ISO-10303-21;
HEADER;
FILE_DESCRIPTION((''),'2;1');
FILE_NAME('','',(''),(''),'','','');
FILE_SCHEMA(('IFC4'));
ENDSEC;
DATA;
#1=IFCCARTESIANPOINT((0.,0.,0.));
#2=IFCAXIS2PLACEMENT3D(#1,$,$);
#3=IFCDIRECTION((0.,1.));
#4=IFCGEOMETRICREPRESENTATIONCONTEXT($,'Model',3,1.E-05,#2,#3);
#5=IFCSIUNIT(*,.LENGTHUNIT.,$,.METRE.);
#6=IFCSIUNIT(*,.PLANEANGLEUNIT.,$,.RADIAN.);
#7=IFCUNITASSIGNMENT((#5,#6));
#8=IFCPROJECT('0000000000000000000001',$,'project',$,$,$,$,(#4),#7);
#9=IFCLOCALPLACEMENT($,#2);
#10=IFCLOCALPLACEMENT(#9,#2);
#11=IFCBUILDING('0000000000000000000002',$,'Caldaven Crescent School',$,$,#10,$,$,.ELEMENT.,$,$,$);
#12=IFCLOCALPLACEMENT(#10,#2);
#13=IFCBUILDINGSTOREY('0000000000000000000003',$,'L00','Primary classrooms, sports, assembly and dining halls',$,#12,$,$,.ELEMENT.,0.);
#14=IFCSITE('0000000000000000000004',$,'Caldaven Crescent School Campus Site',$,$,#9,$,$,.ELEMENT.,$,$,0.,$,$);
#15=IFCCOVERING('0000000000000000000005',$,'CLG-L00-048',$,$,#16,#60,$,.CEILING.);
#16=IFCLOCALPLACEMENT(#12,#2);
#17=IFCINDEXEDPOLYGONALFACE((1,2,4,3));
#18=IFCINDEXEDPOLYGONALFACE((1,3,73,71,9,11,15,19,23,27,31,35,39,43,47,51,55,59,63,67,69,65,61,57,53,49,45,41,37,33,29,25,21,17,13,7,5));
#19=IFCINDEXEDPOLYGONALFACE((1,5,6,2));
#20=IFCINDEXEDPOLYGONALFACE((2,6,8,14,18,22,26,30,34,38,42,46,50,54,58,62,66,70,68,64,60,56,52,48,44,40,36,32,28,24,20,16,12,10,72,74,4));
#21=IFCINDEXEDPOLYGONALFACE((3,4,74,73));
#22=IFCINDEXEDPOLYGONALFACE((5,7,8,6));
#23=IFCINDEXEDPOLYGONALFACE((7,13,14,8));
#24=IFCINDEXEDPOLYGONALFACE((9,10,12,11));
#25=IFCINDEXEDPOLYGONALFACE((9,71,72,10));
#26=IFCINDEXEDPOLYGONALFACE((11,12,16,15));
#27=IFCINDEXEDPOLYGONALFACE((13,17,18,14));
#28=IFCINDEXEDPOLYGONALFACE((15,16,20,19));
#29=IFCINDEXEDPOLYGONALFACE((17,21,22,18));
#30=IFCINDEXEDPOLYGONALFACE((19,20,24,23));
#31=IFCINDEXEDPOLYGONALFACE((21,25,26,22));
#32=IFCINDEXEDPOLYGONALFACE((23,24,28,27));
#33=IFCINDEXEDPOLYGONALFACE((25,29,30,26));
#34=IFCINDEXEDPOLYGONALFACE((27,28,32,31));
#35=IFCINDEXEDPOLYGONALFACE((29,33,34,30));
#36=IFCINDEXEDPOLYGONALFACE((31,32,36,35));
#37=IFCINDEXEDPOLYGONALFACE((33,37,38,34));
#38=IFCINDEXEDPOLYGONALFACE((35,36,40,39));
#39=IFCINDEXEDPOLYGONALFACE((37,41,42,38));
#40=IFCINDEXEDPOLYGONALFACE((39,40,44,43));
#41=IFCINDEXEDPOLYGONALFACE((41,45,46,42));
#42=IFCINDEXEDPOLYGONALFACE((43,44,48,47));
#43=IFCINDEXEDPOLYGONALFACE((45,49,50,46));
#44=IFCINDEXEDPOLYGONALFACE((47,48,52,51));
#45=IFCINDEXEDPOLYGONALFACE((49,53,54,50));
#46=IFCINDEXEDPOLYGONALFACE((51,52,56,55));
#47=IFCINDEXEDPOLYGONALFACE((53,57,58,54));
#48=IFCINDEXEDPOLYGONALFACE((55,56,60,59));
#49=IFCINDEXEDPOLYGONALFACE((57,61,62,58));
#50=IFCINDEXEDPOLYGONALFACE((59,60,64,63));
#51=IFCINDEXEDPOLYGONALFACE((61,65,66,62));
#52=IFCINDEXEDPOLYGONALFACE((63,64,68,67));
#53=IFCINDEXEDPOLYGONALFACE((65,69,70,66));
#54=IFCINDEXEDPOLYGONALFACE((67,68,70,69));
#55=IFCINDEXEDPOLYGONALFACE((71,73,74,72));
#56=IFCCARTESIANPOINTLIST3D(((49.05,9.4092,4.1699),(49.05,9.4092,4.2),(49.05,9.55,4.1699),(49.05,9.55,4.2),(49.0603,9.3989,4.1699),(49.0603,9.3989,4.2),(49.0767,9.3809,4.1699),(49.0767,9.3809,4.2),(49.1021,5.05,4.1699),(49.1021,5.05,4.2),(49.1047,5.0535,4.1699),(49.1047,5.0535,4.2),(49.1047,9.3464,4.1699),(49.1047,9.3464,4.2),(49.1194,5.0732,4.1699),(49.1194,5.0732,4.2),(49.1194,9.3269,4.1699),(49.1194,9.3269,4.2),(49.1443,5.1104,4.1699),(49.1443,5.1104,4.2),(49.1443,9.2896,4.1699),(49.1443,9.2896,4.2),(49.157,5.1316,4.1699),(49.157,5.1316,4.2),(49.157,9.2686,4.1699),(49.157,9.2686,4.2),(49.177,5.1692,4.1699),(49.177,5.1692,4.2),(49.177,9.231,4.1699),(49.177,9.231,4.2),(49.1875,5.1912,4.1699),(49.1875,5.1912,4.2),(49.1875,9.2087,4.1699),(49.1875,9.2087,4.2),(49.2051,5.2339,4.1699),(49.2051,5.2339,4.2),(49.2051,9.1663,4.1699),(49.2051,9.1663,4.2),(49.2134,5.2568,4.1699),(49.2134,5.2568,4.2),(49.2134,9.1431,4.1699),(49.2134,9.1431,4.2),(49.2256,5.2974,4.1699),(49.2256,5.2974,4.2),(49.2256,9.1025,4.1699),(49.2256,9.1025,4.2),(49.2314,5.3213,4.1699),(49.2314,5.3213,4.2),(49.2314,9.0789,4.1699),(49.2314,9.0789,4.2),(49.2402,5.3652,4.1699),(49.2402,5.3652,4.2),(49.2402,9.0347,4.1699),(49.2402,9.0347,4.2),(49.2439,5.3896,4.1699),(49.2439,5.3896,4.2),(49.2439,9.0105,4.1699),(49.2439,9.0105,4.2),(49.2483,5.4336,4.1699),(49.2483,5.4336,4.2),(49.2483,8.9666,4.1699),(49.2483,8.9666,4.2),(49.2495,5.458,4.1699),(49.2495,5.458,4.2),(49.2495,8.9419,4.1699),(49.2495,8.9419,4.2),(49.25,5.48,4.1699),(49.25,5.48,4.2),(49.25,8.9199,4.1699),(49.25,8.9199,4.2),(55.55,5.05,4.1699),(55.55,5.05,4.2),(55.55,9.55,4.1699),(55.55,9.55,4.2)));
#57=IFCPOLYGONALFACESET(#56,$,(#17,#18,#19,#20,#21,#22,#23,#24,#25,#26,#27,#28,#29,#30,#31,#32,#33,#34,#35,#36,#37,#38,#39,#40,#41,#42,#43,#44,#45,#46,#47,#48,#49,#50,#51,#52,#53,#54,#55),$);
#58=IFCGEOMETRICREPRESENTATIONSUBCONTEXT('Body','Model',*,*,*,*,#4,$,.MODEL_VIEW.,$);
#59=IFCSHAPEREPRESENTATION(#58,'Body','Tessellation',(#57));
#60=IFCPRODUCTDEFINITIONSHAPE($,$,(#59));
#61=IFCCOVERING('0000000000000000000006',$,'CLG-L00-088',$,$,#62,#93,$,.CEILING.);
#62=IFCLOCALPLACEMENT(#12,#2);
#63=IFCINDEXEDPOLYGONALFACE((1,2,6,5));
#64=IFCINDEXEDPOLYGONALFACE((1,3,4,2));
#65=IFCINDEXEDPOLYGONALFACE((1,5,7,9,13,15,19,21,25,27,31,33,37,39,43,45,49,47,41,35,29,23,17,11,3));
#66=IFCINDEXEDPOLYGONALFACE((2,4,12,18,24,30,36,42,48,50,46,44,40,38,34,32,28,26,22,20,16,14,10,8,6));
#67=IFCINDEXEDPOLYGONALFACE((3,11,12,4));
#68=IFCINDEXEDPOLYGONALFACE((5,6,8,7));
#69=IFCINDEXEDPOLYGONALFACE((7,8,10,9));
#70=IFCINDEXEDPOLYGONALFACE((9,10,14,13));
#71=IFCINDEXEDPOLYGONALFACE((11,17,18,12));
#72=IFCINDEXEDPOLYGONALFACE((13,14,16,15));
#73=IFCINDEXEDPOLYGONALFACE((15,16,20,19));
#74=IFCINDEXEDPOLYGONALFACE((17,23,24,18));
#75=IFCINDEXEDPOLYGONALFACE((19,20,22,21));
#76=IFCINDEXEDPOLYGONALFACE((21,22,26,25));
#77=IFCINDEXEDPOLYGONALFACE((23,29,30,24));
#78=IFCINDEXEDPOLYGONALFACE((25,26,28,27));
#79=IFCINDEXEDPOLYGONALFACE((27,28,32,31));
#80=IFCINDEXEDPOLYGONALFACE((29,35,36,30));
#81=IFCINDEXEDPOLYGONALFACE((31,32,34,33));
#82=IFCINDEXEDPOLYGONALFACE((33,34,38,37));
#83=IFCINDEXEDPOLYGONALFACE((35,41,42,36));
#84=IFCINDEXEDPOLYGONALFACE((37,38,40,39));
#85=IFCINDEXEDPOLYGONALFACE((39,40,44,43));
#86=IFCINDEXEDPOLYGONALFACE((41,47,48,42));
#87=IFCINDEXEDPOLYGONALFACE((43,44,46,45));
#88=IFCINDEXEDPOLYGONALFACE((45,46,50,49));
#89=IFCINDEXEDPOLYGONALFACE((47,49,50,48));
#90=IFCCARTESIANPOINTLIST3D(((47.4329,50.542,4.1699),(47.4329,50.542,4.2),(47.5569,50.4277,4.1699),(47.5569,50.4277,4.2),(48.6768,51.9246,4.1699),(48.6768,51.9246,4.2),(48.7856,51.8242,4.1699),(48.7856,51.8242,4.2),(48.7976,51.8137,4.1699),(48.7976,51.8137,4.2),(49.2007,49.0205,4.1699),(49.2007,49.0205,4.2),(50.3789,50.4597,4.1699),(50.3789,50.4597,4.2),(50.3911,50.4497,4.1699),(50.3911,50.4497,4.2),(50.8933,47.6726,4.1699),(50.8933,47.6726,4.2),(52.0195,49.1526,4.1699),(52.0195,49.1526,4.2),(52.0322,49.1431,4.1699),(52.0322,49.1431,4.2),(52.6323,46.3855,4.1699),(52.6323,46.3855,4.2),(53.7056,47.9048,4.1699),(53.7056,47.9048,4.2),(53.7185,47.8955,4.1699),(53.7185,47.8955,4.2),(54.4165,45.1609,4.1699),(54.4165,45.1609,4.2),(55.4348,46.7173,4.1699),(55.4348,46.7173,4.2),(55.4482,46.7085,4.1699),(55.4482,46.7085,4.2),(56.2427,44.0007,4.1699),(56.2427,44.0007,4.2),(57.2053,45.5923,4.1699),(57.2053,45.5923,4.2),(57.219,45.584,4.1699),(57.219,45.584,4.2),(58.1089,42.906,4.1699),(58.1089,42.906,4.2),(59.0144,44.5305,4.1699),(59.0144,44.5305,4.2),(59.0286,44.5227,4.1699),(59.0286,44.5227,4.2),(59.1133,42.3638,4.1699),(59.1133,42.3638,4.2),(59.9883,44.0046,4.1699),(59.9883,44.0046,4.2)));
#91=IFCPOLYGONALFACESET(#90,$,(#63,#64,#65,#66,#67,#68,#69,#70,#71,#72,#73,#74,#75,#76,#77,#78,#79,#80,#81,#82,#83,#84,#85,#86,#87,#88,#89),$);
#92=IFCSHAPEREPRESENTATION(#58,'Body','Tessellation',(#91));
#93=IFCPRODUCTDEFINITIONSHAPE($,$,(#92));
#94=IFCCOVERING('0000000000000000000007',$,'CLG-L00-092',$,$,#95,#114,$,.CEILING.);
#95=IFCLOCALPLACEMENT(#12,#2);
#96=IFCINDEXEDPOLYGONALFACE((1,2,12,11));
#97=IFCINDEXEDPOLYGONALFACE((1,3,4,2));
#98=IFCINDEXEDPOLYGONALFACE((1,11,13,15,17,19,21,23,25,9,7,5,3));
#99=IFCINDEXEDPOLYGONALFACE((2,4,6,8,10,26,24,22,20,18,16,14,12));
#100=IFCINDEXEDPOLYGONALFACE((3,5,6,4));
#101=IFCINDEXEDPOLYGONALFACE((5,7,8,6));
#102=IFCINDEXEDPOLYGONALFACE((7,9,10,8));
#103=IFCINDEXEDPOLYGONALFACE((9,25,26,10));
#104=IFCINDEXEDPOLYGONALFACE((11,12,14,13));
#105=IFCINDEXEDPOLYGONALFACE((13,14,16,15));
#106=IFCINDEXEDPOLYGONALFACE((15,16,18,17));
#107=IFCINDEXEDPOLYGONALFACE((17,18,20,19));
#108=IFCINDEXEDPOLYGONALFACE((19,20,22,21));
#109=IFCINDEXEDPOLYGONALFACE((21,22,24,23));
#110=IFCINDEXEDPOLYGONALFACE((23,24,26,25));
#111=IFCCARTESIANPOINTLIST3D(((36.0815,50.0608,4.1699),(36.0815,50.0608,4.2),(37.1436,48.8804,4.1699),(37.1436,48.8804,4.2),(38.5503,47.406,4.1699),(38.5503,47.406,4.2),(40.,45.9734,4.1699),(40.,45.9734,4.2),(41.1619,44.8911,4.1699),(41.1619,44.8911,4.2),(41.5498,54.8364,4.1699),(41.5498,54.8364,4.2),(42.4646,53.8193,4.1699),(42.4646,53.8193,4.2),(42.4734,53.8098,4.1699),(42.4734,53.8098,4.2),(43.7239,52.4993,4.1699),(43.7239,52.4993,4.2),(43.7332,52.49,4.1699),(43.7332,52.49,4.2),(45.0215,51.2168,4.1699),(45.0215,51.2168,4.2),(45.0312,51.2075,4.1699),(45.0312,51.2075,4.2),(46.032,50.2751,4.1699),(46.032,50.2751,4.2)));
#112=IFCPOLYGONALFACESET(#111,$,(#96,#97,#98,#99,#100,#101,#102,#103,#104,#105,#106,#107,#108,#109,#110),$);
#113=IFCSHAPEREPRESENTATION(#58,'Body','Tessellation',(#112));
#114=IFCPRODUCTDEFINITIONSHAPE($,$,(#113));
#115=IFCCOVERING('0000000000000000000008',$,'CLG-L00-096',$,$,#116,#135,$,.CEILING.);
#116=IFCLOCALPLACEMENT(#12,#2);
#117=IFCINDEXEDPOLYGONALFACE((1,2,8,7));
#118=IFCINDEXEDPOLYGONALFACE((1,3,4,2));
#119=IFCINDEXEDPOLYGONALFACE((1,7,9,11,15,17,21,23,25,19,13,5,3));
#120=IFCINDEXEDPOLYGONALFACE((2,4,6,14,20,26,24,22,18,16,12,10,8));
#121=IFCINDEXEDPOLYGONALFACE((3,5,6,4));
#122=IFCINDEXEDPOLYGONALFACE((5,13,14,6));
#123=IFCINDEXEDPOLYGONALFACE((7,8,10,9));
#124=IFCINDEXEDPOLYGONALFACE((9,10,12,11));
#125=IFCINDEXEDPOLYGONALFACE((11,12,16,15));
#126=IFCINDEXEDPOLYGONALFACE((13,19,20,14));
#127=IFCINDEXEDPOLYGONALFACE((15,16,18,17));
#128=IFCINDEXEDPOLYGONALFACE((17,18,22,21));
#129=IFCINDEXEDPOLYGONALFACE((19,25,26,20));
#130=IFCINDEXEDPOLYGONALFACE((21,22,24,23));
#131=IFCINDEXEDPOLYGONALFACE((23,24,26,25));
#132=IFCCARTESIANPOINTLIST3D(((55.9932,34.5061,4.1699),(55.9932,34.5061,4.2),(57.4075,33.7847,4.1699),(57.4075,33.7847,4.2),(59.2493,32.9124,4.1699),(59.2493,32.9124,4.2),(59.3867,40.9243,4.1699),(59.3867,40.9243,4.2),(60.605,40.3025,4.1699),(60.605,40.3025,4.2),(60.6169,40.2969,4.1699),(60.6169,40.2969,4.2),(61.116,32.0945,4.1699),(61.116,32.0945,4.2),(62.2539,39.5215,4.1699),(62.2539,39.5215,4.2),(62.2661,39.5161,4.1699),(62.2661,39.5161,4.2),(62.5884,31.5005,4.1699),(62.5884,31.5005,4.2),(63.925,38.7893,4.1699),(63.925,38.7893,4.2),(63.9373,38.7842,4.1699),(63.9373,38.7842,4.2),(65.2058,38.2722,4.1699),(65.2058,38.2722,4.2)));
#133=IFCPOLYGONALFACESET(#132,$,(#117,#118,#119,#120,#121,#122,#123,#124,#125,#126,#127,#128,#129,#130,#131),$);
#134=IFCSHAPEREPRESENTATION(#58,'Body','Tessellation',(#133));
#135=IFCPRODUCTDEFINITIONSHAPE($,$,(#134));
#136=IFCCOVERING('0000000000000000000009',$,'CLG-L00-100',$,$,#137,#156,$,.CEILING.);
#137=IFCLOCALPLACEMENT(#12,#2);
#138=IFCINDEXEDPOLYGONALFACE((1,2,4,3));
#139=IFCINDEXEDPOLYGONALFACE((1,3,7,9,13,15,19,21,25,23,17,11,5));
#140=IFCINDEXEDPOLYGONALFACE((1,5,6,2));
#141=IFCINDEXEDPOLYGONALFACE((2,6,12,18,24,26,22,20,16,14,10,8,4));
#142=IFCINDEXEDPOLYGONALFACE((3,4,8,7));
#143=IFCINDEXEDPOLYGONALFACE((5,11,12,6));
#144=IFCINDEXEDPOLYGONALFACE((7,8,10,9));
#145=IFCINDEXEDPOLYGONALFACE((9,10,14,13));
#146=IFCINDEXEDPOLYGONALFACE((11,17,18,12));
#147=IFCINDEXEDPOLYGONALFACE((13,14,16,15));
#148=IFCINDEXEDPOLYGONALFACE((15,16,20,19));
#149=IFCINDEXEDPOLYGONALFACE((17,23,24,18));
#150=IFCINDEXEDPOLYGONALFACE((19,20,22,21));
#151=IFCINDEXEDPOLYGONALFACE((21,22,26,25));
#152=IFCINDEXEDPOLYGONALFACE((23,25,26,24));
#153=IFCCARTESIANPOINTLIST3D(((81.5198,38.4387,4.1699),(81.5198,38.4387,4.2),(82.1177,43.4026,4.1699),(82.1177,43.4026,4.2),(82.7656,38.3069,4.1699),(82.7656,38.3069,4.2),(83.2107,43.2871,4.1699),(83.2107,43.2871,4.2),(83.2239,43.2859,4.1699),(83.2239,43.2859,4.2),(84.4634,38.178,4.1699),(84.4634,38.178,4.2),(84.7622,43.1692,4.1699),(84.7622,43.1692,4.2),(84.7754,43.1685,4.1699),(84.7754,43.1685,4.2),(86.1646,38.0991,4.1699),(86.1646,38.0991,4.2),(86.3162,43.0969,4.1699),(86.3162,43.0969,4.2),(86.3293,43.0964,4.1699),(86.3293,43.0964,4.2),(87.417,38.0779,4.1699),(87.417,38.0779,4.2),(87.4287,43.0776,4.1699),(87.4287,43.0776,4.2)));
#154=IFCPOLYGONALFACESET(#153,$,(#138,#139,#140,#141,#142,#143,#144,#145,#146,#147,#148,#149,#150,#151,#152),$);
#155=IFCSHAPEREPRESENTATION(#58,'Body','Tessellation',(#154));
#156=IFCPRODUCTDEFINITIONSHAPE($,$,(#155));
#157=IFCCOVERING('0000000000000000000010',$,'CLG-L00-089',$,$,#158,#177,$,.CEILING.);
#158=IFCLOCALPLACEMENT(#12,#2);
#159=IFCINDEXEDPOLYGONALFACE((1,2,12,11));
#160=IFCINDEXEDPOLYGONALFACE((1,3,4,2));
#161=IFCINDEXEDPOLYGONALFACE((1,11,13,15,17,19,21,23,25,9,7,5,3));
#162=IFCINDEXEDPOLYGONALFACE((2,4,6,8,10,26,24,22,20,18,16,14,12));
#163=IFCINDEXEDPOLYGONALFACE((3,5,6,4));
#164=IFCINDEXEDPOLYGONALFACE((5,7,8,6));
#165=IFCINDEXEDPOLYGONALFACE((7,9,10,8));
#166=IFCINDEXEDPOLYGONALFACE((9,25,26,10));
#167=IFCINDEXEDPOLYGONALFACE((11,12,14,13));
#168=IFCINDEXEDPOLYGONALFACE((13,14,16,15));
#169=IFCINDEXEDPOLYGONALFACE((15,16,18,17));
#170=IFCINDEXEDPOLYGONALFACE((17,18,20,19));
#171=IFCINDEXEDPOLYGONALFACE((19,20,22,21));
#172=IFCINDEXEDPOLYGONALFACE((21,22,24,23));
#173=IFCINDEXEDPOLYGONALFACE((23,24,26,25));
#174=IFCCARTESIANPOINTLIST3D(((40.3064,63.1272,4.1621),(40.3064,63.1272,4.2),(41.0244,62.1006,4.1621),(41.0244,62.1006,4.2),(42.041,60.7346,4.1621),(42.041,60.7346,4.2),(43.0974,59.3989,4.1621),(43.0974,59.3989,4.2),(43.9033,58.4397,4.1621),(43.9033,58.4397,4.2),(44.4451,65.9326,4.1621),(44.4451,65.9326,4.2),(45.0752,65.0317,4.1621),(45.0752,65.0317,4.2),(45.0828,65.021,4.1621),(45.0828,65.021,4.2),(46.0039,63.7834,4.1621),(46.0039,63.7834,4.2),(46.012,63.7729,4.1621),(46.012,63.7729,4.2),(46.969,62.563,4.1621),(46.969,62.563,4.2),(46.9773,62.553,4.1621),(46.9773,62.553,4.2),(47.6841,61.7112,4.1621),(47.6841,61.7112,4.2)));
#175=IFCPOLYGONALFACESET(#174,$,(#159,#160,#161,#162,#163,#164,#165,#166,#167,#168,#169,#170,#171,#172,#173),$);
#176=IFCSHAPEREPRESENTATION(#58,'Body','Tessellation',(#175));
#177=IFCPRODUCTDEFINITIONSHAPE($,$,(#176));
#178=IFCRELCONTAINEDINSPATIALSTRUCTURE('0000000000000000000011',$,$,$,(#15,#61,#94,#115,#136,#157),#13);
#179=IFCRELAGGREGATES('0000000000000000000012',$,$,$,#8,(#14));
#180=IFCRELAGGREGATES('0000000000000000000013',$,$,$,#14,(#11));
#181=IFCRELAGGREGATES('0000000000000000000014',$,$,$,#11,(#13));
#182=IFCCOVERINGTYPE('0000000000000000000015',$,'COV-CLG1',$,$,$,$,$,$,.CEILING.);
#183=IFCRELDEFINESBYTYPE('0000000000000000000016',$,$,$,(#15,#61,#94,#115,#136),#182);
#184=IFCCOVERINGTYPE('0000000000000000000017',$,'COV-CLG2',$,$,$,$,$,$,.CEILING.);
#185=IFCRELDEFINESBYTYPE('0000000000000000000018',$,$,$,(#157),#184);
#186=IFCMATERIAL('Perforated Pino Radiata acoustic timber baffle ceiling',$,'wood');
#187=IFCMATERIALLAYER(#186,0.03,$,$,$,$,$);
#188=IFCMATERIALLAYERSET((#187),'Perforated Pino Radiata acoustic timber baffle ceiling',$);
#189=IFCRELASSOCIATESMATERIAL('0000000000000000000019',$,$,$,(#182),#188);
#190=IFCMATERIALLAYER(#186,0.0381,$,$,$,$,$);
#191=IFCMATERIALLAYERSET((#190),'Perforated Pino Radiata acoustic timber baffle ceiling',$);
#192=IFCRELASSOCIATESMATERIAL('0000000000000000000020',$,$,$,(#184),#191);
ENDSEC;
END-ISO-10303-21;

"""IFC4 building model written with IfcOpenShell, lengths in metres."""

from ifc_helpers import new_model, si_unit, direction, frame, origin, place, context, subcontext, project, spatial, polyline, outline, extrude, material, layer, layer_set, type_object, element, save


model = new_model("IFC4")

# Units and contexts
model_context = context("Model", 3, precision=1e-05, world=origin(), true_north=direction((0.0, 1.0)))
body_context = subcontext(model_context, "Body", "Model", "MODEL_VIEW")
ifc_project = project(units=[si_unit("LENGTHUNIT", "METRE"), si_unit("PLANEANGLEUNIT", "RADIAN")], contexts=[model_context])

# Site, building, storey
site_placement = place(None, origin())
site = spatial("IfcSite", under=ifc_project, at=site_placement, Name="Caldaven Crescent School Campus Site", CompositionType="ELEMENT", RefElevation=0.0)
building_placement = place(site_placement, origin())
building = spatial("IfcBuilding", under=site, at=building_placement, Name="Caldaven Crescent School", CompositionType="ELEMENT")
storey_placement = place(building_placement, origin())
storey = spatial("IfcBuildingStorey", under=building, at=storey_placement, Name="L00", Description="Primary classrooms, sports, assembly and dining halls", CompositionType="ELEMENT", Elevation=0.0)

# Coverings
ifc_material_1 = material(Name="Perforated Pino Radiata acoustic timber baffle ceiling", Category="wood")
ifc_layer_1 = layer(ifc_material_1, 0.03)
ifc_layer_set_1 = layer_set([ifc_layer_1], Name="Perforated Pino Radiata acoustic timber baffle ceiling")
covering_type_1 = type_object("IfcCoveringType", Name="COV-CLG1", PredefinedType="CEILING", material=ifc_layer_set_1)
covering_1_placement = place(storey_placement, frame((0.0, 0.0, 4.1699)))
element("IfcCovering", 1, at=covering_1_placement, inside=storey, type_object=covering_type_1, Name="CLG-L00-048", PredefinedType="CEILING", context=body_context, shape_type="SweptSolid", body=[
    extrude(outline(polyline([(49.05, 9.55), (55.55, 9.55), (55.55, 5.05), (49.1021, 5.05), (49.1047, 5.0535), (49.1194, 5.0732), (49.1443, 5.1104), (49.157, 5.1316), (49.177, 5.1692), (49.1875, 5.1912), (49.2051, 5.2339), (49.2134, 5.2568), (49.2256, 5.2974), (49.2314, 5.3213), (49.2402, 5.3652), (49.2439, 5.3896), (49.2483, 5.4336), (49.2495, 5.458), (49.25, 5.48), (49.25, 8.9199), (49.2495, 8.9419), (49.2483, 8.9666), (49.2439, 9.0105), (49.2402, 9.0347), (49.2314, 9.0789), (49.2256, 9.1025), (49.2134, 9.1431), (49.2051, 9.1663), (49.1875, 9.2087), (49.177, 9.231), (49.157, 9.2686), (49.1443, 9.2896), (49.1194, 9.3269), (49.1047, 9.3464), (49.0767, 9.3809), (49.0603, 9.3989), (49.05, 9.4092), (49.05, 9.55)])), origin(), (0.0, 0.0, 1.0), 0.03),
])
covering_2_placement = place(storey_placement, frame((0.0, 0.0, 4.1699)))
element("IfcCovering", 2, at=covering_2_placement, inside=storey, type_object=covering_type_1, Name="CLG-L00-088", PredefinedType="CEILING", context=body_context, shape_type="SweptSolid", body=[
    extrude(outline(polyline([(48.7856, 51.8242), (48.7976, 51.8137), (50.3789, 50.4597), (50.3911, 50.4497), (52.0195, 49.1526), (52.0322, 49.1431), (53.7056, 47.9048), (53.7185, 47.8955), (55.4348, 46.7173), (55.4482, 46.7085), (57.2053, 45.5923), (57.219, 45.584), (59.0144, 44.5305), (59.0286, 44.5227), (59.9883, 44.0046), (59.1133, 42.3638), (58.1089, 42.906), (56.2427, 44.0007), (54.4165, 45.1609), (52.6323, 46.3855), (50.8933, 47.6726), (49.2007, 49.0205), (47.5569, 50.4277), (47.4329, 50.542), (48.6768, 51.9246), (48.7856, 51.8242)])), origin(), (0.0, 0.0, 1.0), 0.03),
])
covering_3_placement = place(storey_placement, frame((0.0, 0.0, 4.1699)))
element("IfcCovering", 3, at=covering_3_placement, inside=storey, type_object=covering_type_1, Name="CLG-L00-092", PredefinedType="CEILING", context=body_context, shape_type="SweptSolid", body=[
    extrude(outline(polyline([(42.4646, 53.8193), (42.4734, 53.8098), (43.7239, 52.4993), (43.7332, 52.49), (45.0215, 51.2168), (45.0312, 51.2075), (46.032, 50.2751), (41.1619, 44.8911), (40.0, 45.9734), (38.5503, 47.406), (37.1436, 48.8804), (36.0815, 50.0608), (41.5498, 54.8364), (42.4646, 53.8193)])), origin(), (0.0, 0.0, 1.0), 0.03),
])
covering_4_placement = place(storey_placement, frame((0.0, 0.0, 4.1699)))
element("IfcCovering", 4, at=covering_4_placement, inside=storey, type_object=covering_type_1, Name="CLG-L00-096", PredefinedType="CEILING", context=body_context, shape_type="SweptSolid", body=[
    extrude(outline(polyline([(60.605, 40.3025), (60.6169, 40.2969), (62.2539, 39.5215), (62.2661, 39.5161), (63.925, 38.7893), (63.9373, 38.7842), (65.2058, 38.2722), (62.5884, 31.5005), (61.116, 32.0945), (59.2493, 32.9124), (57.4075, 33.7847), (55.9932, 34.5061), (59.3867, 40.9243), (60.605, 40.3025)])), origin(), (0.0, 0.0, 1.0), 0.03),
])
covering_5_placement = place(storey_placement, frame((0.0, 0.0, 4.1699)))
element("IfcCovering", 5, at=covering_5_placement, inside=storey, type_object=covering_type_1, Name="CLG-L00-100", PredefinedType="CEILING", context=body_context, shape_type="SweptSolid", body=[
    extrude(outline(polyline([(83.2107, 43.2871), (83.2239, 43.2859), (84.7622, 43.1692), (84.7754, 43.1685), (86.3162, 43.0969), (86.3293, 43.0964), (87.4287, 43.0776), (87.417, 38.0779), (86.1646, 38.0991), (84.4634, 38.178), (82.7656, 38.3069), (81.5198, 38.4387), (82.1177, 43.4026), (83.2107, 43.2871)])), origin(), (0.0, 0.0, 1.0), 0.03),
])
ifc_layer_2 = layer(ifc_material_1, 0.0381)
ifc_layer_set_2 = layer_set([ifc_layer_2], Name="Perforated Pino Radiata acoustic timber baffle ceiling")
covering_type_2 = type_object("IfcCoveringType", Name="COV-CLG2", PredefinedType="CEILING", material=ifc_layer_set_2)
covering_6_placement = place(storey_placement, frame((0.0, 0.0, 4.1621)))
element("IfcCovering", 6, at=covering_6_placement, inside=storey, type_object=covering_type_2, Name="CLG-L00-089", PredefinedType="CEILING", context=body_context, shape_type="SweptSolid", body=[
    extrude(outline(polyline([(45.0752, 65.0317), (45.0828, 65.021), (46.0039, 63.7834), (46.012, 63.7729), (46.969, 62.563), (46.9773, 62.553), (47.6841, 61.7112), (43.9033, 58.4397), (43.0974, 59.3989), (42.041, 60.7346), (41.0244, 62.1006), (40.3064, 63.1272), (44.4451, 65.9326), (45.0752, 65.0317)])), origin(), (0.0, 0.0, 1.0), 0.0378),
])

save(model, "model.ifc")
